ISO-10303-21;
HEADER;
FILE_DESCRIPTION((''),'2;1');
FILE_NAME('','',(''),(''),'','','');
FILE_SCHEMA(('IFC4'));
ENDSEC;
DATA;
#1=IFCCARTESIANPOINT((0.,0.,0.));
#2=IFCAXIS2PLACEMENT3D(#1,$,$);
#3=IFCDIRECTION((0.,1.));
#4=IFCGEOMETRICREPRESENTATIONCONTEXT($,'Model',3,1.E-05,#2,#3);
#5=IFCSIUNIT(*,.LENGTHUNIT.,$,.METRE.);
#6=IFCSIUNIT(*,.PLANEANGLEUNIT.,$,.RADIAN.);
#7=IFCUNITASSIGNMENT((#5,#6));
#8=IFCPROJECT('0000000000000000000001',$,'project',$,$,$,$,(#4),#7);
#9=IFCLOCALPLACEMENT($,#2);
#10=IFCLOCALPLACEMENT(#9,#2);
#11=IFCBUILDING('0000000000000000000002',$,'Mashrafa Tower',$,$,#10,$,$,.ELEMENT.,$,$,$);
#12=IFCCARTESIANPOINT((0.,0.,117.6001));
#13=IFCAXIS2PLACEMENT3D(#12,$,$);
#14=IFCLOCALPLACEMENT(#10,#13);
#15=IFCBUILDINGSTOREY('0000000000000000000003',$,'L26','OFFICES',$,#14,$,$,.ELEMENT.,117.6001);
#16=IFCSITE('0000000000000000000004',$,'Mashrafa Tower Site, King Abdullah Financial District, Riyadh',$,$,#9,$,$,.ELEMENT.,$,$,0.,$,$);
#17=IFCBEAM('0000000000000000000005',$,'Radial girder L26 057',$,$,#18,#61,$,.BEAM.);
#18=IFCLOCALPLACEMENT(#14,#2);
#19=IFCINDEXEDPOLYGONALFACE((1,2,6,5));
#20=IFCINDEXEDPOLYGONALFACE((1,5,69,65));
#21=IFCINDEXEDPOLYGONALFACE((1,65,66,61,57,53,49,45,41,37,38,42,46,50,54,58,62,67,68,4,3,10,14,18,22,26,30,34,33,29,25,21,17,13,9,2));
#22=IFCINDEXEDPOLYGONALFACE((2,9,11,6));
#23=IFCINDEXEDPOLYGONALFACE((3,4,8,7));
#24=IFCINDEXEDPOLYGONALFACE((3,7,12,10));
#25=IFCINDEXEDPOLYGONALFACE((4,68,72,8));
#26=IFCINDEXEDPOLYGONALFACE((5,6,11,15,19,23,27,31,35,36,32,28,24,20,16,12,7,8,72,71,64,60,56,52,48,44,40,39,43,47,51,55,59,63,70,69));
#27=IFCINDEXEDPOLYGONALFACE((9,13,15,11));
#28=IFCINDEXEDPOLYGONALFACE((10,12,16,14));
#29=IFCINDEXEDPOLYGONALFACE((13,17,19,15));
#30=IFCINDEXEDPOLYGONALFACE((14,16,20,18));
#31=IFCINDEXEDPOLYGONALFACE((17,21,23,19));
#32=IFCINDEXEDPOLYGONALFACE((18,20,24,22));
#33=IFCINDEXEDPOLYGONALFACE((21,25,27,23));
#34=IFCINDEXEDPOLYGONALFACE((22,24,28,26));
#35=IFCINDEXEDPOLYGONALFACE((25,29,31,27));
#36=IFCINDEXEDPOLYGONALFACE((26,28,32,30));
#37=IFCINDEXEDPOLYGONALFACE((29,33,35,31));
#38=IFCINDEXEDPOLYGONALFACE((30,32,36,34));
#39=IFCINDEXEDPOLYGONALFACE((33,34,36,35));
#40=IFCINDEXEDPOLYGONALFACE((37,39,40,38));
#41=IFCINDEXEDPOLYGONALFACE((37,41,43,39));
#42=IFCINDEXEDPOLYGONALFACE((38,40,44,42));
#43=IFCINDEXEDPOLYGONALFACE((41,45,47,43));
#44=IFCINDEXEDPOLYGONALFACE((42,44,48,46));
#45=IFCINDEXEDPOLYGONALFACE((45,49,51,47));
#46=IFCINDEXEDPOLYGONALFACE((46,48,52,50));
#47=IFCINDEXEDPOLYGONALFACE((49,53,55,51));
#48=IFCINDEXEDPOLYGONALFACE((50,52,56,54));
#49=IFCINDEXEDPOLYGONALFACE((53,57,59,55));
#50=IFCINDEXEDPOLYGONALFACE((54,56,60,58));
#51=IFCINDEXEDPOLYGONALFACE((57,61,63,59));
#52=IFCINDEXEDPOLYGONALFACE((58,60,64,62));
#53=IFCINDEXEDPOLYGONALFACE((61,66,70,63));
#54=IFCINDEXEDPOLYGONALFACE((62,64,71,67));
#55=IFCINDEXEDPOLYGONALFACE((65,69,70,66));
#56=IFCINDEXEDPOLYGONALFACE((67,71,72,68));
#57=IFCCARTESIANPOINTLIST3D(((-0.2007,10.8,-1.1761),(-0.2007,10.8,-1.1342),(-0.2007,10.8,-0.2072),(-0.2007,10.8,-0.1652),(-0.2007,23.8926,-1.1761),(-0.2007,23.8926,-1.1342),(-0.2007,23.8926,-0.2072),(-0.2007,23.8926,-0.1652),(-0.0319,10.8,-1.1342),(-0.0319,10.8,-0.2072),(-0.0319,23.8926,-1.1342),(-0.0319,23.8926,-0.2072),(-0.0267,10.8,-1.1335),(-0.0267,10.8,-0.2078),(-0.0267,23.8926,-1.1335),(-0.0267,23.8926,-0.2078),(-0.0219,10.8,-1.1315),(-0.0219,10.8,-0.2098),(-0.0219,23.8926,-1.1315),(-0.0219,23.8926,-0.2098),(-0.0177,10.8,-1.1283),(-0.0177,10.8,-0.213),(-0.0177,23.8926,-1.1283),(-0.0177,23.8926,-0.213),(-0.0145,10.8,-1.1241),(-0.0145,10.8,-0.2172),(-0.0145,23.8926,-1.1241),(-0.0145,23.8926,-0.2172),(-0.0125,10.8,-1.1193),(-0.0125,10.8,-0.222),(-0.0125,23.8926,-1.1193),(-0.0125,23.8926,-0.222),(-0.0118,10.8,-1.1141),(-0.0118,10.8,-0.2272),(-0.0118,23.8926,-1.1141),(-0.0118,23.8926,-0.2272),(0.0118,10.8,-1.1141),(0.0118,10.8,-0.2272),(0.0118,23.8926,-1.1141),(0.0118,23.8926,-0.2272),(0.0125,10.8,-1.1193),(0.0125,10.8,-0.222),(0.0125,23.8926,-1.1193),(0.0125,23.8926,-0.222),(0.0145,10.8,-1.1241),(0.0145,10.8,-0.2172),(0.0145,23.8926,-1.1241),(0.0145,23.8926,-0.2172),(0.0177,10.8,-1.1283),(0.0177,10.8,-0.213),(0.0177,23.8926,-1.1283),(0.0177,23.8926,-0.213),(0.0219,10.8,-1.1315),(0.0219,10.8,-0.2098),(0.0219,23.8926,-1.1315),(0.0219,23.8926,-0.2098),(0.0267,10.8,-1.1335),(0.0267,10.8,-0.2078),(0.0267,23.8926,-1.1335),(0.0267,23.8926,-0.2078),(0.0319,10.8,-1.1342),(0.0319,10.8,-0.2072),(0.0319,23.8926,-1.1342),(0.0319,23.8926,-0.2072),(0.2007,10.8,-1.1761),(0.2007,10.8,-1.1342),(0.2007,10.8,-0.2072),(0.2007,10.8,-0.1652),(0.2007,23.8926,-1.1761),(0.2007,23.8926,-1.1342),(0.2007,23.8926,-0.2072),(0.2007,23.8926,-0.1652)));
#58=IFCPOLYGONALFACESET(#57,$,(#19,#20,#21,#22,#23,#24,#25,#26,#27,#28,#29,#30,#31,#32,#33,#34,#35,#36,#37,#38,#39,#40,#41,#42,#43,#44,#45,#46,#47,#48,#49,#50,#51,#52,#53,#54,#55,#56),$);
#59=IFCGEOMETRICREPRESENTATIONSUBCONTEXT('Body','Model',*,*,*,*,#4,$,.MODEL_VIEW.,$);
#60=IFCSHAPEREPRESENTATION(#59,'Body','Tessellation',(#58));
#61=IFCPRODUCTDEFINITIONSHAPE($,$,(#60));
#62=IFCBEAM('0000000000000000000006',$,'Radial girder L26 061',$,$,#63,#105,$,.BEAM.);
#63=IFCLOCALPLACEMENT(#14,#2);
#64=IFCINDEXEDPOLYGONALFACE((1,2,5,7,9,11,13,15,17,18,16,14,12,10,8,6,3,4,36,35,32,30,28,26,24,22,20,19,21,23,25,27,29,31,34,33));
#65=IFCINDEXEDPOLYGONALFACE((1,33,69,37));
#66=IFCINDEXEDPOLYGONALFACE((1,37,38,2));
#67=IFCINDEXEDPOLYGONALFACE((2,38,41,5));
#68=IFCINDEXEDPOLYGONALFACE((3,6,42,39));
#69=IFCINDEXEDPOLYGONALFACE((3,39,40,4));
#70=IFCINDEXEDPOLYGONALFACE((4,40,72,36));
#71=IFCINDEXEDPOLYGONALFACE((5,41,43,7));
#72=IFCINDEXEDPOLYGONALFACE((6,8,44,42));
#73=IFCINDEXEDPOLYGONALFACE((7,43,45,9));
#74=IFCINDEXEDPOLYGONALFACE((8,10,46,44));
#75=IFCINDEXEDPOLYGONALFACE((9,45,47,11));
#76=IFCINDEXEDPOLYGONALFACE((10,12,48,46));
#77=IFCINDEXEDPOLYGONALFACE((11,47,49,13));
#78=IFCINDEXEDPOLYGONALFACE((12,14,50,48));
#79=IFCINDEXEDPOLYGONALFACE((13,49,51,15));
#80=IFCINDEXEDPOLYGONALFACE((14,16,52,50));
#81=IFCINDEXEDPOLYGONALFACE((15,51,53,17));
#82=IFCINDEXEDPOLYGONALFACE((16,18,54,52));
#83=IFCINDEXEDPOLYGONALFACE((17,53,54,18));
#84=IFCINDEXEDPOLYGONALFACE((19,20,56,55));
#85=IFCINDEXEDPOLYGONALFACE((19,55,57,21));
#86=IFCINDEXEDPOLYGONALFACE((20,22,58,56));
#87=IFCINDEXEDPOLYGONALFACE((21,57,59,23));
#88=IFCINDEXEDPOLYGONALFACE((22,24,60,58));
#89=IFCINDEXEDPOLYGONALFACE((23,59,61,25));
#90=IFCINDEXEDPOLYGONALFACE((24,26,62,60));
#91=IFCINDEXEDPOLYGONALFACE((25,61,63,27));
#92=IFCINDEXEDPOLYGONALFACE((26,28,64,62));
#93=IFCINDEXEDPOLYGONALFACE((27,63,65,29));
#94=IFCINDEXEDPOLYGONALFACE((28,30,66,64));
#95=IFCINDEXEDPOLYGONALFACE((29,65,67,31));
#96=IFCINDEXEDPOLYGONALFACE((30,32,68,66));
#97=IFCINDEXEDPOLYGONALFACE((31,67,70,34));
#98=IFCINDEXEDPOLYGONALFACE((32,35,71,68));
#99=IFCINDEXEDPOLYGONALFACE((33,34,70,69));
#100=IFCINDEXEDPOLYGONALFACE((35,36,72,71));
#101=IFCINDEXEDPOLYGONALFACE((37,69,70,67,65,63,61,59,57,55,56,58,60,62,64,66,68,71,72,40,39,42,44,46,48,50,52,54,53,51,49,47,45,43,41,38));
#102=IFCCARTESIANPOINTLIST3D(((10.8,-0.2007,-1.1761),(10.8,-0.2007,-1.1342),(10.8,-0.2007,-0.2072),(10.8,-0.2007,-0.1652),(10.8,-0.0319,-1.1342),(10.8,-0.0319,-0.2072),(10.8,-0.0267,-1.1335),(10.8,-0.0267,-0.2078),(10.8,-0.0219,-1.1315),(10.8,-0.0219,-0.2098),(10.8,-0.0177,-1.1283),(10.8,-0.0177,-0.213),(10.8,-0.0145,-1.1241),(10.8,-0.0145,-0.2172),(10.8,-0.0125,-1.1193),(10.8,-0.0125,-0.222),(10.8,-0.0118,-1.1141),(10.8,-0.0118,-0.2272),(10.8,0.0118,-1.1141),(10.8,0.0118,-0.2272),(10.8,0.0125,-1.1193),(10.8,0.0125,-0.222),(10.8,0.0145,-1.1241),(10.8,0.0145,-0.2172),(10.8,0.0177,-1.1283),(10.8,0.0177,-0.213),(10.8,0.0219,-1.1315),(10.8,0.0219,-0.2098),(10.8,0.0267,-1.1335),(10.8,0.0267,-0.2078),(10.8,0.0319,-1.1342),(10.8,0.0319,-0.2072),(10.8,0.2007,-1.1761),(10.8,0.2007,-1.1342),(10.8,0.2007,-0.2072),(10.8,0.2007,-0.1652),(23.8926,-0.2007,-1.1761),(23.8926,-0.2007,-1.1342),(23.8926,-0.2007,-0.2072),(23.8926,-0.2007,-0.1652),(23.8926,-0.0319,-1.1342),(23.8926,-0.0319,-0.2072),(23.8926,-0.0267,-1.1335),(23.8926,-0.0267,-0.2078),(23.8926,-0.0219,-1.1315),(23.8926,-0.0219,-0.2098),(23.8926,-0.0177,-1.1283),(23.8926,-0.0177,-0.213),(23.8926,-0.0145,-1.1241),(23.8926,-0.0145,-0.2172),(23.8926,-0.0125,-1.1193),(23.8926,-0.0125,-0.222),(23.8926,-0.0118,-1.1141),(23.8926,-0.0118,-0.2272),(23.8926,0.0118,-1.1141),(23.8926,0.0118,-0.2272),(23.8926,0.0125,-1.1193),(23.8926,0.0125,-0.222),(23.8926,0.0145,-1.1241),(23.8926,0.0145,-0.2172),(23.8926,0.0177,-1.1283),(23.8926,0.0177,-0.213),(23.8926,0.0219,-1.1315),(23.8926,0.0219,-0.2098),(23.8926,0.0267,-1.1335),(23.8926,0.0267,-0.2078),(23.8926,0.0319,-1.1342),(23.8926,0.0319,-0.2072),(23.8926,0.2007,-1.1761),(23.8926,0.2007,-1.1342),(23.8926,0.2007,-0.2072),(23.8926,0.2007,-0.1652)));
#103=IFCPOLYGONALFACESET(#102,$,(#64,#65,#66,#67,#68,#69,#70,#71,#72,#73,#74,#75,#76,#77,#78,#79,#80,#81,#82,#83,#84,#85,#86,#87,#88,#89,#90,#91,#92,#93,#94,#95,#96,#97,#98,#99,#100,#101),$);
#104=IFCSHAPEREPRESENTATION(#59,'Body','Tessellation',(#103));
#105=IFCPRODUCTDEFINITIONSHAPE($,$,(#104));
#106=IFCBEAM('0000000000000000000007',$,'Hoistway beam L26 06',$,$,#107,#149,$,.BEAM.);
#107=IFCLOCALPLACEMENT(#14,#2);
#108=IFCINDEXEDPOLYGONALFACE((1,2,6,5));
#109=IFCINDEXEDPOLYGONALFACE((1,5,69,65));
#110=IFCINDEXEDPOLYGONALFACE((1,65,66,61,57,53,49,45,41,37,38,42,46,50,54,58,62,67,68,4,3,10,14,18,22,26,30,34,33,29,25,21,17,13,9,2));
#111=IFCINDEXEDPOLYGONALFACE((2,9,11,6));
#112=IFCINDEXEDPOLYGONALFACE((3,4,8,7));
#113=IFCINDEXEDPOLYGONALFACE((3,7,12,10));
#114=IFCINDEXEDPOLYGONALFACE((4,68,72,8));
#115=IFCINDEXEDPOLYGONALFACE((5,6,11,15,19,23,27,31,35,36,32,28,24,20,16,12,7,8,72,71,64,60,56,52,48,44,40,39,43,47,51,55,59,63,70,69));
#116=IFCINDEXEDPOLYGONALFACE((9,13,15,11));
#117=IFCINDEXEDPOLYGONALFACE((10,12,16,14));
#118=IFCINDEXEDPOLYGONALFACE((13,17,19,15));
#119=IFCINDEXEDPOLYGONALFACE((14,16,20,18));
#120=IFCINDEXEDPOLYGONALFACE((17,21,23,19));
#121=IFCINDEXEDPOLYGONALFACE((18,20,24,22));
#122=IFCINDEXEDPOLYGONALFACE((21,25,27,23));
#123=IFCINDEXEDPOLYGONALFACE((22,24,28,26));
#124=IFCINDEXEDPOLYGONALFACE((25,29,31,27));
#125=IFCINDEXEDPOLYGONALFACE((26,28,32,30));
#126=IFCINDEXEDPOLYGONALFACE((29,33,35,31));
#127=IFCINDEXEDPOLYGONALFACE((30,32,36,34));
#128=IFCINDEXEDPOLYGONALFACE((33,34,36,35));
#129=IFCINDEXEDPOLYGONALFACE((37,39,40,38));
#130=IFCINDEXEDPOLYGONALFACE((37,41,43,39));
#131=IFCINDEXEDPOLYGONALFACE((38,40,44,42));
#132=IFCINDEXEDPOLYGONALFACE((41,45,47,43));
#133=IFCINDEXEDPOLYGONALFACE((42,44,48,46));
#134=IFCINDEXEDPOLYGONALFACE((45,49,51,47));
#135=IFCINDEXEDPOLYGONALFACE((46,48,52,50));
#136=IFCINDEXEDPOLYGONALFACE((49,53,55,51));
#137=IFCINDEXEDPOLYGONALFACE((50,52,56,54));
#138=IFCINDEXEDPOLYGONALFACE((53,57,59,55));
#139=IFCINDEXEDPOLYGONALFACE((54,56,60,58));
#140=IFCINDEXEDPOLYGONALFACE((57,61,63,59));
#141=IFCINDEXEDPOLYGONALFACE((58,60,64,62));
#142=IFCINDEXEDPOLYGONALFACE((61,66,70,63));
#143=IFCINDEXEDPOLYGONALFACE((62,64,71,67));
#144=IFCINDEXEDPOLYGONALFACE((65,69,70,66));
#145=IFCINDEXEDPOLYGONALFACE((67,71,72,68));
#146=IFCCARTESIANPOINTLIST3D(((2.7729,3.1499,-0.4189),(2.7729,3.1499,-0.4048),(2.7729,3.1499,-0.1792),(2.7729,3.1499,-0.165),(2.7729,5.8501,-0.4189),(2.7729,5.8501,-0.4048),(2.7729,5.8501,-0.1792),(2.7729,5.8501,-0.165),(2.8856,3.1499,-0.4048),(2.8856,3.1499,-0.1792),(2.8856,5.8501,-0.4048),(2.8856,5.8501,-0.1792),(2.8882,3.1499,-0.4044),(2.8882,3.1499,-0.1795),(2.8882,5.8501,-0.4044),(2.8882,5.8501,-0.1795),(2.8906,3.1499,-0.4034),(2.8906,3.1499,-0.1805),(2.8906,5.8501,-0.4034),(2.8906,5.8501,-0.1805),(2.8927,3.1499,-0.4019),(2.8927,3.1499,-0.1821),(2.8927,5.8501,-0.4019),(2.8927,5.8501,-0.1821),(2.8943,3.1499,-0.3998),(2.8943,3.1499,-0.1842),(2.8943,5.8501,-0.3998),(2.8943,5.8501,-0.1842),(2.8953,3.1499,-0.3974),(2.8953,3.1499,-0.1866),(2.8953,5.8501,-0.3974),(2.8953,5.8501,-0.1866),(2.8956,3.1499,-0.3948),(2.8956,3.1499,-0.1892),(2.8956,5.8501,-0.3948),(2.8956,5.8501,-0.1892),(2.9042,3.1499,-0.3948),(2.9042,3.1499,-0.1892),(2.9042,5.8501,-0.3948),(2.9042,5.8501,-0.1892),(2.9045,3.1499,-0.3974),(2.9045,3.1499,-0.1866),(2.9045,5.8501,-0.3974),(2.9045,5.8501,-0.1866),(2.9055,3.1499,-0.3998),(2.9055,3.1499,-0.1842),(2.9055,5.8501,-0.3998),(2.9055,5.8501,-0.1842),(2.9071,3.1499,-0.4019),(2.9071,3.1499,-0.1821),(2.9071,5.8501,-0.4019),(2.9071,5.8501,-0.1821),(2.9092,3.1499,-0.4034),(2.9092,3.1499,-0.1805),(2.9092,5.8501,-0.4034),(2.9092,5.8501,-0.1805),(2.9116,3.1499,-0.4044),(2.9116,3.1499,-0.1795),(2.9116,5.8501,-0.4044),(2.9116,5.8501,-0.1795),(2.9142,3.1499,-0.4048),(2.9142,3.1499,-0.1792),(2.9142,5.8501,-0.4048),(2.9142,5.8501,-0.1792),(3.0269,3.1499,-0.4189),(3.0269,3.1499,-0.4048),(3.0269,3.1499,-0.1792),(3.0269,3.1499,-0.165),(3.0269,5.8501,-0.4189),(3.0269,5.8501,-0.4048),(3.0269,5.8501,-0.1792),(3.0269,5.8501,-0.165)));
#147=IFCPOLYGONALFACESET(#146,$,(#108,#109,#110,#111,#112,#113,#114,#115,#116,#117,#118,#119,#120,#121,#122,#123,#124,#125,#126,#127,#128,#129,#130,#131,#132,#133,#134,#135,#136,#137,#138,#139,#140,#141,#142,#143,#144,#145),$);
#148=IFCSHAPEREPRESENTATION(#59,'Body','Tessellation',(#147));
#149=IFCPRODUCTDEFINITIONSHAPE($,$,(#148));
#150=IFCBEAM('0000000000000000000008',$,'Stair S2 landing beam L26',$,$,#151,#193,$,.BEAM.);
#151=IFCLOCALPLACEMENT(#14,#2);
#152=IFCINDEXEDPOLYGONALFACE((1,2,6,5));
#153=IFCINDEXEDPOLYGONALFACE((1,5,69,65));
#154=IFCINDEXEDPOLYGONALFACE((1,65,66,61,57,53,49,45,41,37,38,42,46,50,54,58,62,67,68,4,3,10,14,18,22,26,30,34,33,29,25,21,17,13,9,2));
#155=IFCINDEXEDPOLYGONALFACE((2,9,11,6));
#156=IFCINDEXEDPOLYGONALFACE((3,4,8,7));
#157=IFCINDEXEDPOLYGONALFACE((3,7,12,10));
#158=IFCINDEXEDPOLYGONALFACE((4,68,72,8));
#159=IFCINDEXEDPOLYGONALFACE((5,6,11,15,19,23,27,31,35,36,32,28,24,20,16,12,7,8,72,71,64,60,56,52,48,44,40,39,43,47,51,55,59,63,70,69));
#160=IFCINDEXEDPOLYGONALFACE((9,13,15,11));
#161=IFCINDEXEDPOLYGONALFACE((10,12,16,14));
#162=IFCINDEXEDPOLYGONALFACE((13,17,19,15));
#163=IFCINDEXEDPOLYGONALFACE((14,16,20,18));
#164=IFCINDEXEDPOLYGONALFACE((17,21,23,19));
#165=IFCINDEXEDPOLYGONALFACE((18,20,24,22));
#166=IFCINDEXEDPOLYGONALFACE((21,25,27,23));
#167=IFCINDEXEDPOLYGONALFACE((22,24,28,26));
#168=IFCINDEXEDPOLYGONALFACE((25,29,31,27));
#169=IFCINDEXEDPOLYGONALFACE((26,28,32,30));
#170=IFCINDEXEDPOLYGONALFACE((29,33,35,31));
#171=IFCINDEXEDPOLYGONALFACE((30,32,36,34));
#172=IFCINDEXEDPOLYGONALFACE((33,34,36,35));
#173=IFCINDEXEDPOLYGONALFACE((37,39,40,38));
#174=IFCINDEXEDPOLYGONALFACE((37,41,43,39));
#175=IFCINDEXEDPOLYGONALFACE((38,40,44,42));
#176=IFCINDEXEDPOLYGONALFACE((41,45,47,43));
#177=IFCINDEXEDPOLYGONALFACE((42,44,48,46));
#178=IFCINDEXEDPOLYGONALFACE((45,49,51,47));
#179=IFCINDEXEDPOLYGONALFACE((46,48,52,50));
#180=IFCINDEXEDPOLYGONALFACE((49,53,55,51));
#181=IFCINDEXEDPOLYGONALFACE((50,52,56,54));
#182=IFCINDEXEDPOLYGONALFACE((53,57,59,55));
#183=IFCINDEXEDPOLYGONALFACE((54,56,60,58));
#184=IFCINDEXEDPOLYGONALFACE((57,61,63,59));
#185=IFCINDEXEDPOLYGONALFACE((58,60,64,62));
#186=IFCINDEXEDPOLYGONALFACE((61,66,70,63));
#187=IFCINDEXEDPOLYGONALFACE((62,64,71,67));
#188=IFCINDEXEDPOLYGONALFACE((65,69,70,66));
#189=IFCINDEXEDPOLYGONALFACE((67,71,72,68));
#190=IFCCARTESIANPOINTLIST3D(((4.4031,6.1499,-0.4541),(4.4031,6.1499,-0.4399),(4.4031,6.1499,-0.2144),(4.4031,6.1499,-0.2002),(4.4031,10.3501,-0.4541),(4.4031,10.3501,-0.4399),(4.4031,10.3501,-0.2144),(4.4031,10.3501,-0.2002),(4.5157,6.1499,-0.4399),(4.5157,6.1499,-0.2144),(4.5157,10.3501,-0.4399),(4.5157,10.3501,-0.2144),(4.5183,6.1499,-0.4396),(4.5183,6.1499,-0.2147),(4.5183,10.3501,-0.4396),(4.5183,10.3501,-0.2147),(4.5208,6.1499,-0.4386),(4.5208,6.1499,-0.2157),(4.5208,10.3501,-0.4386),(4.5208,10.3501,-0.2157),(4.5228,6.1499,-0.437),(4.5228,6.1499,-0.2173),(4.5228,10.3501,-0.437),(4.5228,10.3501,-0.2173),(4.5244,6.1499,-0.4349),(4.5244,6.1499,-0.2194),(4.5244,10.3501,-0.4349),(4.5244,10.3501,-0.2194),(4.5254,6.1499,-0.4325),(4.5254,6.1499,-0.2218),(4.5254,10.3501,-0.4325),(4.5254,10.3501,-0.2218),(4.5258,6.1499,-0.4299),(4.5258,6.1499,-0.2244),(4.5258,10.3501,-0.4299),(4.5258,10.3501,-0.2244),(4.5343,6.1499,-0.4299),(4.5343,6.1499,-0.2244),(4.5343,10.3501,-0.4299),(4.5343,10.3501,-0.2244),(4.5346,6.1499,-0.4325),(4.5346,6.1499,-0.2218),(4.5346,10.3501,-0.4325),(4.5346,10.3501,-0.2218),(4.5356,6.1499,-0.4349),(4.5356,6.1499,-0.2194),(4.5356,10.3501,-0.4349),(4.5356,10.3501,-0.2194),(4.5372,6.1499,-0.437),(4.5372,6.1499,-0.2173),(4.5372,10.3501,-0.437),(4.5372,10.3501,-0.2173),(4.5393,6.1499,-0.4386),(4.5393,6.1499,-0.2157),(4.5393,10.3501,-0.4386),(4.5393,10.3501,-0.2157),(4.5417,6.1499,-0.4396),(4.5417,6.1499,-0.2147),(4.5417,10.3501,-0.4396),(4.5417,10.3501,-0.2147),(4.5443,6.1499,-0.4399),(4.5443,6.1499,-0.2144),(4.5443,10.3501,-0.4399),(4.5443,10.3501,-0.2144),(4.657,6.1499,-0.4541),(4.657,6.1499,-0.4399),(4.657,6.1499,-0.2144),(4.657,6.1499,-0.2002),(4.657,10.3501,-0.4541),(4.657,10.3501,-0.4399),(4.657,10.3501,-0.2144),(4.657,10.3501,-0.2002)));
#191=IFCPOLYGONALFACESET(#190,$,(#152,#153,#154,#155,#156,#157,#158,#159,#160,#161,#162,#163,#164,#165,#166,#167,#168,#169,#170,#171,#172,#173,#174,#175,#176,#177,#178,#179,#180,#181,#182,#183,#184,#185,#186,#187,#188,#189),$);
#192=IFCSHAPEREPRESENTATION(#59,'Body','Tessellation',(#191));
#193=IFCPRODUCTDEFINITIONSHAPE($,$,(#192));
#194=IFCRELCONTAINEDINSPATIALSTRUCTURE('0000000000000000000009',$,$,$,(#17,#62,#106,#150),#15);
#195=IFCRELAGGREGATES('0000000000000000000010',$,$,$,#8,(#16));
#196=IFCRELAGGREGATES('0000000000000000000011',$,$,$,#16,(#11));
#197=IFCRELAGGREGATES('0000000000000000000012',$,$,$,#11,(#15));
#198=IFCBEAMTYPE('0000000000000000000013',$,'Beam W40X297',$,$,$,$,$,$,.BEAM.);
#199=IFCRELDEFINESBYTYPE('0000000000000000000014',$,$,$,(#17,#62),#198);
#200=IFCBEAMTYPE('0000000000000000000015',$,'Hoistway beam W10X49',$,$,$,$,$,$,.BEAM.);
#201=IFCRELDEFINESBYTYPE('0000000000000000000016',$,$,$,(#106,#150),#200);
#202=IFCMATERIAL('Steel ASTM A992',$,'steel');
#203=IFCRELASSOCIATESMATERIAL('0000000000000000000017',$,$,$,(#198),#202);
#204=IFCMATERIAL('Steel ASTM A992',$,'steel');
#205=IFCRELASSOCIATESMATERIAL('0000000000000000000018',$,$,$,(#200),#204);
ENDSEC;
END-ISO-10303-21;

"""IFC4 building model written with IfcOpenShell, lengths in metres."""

from ifc_helpers import new_model, si_unit, direction, frame, origin, origin_2d, place, context, subcontext, project, spatial, i_section, extrude, material, material_profile, profile_set, type_object, element, save


model = new_model("IFC4")

# Units and contexts
model_context = context("Model", 3, precision=1e-05, world=origin(), true_north=direction((0.0, 1.0)))
body_context = subcontext(model_context, "Body", "Model", "MODEL_VIEW")
ifc_project = project(units=[si_unit("LENGTHUNIT", "METRE"), si_unit("PLANEANGLEUNIT", "RADIAN")], contexts=[model_context])

# Site, building, storey
site_placement = place(None, origin())
site = spatial("IfcSite", under=ifc_project, at=site_placement, Name="Mashrafa Tower Site, King Abdullah Financial District, Riyadh", CompositionType="ELEMENT", RefElevation=0.0)
building_placement = place(site_placement, origin())
building = spatial("IfcBuilding", under=site, at=building_placement, Name="Mashrafa Tower", CompositionType="ELEMENT")
storey_placement = place(building_placement, frame((0.0, 0.0, 117.6001)))
storey = spatial("IfcBuildingStorey", under=building, at=storey_placement, Name="L26", Description="OFFICES", CompositionType="ELEMENT", Elevation=117.6001)

# Beams
ifc_material_1 = material(Name="Steel ASTM A992", Category="steel")
ifc_material_profile_1 = material_profile(ifc_material_1, i_section(OverallWidth=0.4014, OverallDepth=1.011, WebThickness=0.0237, FlangeThickness=0.042, FilletRadius=0.02, at=origin_2d()), Name="W40X297")
ifc_profile_set_1 = profile_set([ifc_material_profile_1], Name="Steel ASTM A992")
beam_type_1 = type_object("IfcBeamType", Name="Beam W40X297", PredefinedType="BEAM", material=ifc_profile_set_1)
for number, where, z_axis, x_axis, name in (
    (1, (0.0, 10.8, -0.6707), (0.0, 1.0, 0.0), (-1.0, 0.0, 0.0), "Radial girder L26 057"),
    (2, (10.8, 0.0, -0.6707), (1.0, 0.0, 0.0), (0.0, 1.0, 0.0), "Radial girder L26 061"),
):
    element("IfcBeam", number, at=place(storey_placement, frame(where, z_axis=z_axis, x_axis=x_axis)), inside=storey, type_object=beam_type_1, Name=name, PredefinedType="BEAM", context=body_context, shape_type="SweptSolid", body=[
        extrude(i_section(OverallWidth=0.4014, OverallDepth=1.011, WebThickness=0.0237, FlangeThickness=0.042, FilletRadius=0.02, at=origin_2d()), origin(), (0.0, 0.0, 1.0), 13.0925),
    ])
ifc_material_2 = material(Name="Steel ASTM A992", Category="steel")
ifc_material_profile_2 = material_profile(ifc_material_2, i_section(OverallWidth=0.2539, OverallDepth=0.2539, WebThickness=0.0085, FlangeThickness=0.0142, FilletRadius=0.01, at=origin_2d()), Name="W10X49")
ifc_profile_set_2 = profile_set([ifc_material_profile_2], Name="Steel ASTM A992")
beam_type_2 = type_object("IfcBeamType", Name="Hoistway beam W10X49", PredefinedType="BEAM", material=ifc_profile_set_2)
beam_1_placement = place(storey_placement, frame((2.8999, 3.1499, -0.292), z_axis=(0.0, 1.0, 0.0), x_axis=(-1.0, 0.0, 0.0)))
element("IfcBeam", 3, at=beam_1_placement, inside=storey, type_object=beam_type_2, Name="Hoistway beam L26 06", PredefinedType="BEAM", context=body_context, shape_type="SweptSolid", body=[
    extrude(i_section(OverallWidth=0.2539, OverallDepth=0.2539, WebThickness=0.0085, FlangeThickness=0.0142, FilletRadius=0.01, at=origin_2d()), origin(), (0.0, 0.0, 1.0), 2.7002),
])
beam_2_placement = place(storey_placement, frame((4.53, 6.1499, -0.3271), z_axis=(0.0, 1.0, 0.0), x_axis=(-1.0, 0.0, 0.0)))
element("IfcBeam", 4, at=beam_2_placement, inside=storey, type_object=beam_type_2, Name="Stair S2 landing beam L26", PredefinedType="BEAM", context=body_context, shape_type="SweptSolid", body=[
    extrude(i_section(OverallWidth=0.2539, OverallDepth=0.2539, WebThickness=0.0085, FlangeThickness=0.0142, FilletRadius=0.01, at=origin_2d()), origin(), (0.0, 0.0, 1.0), 4.2002),
])

save(model, "model.ifc")
